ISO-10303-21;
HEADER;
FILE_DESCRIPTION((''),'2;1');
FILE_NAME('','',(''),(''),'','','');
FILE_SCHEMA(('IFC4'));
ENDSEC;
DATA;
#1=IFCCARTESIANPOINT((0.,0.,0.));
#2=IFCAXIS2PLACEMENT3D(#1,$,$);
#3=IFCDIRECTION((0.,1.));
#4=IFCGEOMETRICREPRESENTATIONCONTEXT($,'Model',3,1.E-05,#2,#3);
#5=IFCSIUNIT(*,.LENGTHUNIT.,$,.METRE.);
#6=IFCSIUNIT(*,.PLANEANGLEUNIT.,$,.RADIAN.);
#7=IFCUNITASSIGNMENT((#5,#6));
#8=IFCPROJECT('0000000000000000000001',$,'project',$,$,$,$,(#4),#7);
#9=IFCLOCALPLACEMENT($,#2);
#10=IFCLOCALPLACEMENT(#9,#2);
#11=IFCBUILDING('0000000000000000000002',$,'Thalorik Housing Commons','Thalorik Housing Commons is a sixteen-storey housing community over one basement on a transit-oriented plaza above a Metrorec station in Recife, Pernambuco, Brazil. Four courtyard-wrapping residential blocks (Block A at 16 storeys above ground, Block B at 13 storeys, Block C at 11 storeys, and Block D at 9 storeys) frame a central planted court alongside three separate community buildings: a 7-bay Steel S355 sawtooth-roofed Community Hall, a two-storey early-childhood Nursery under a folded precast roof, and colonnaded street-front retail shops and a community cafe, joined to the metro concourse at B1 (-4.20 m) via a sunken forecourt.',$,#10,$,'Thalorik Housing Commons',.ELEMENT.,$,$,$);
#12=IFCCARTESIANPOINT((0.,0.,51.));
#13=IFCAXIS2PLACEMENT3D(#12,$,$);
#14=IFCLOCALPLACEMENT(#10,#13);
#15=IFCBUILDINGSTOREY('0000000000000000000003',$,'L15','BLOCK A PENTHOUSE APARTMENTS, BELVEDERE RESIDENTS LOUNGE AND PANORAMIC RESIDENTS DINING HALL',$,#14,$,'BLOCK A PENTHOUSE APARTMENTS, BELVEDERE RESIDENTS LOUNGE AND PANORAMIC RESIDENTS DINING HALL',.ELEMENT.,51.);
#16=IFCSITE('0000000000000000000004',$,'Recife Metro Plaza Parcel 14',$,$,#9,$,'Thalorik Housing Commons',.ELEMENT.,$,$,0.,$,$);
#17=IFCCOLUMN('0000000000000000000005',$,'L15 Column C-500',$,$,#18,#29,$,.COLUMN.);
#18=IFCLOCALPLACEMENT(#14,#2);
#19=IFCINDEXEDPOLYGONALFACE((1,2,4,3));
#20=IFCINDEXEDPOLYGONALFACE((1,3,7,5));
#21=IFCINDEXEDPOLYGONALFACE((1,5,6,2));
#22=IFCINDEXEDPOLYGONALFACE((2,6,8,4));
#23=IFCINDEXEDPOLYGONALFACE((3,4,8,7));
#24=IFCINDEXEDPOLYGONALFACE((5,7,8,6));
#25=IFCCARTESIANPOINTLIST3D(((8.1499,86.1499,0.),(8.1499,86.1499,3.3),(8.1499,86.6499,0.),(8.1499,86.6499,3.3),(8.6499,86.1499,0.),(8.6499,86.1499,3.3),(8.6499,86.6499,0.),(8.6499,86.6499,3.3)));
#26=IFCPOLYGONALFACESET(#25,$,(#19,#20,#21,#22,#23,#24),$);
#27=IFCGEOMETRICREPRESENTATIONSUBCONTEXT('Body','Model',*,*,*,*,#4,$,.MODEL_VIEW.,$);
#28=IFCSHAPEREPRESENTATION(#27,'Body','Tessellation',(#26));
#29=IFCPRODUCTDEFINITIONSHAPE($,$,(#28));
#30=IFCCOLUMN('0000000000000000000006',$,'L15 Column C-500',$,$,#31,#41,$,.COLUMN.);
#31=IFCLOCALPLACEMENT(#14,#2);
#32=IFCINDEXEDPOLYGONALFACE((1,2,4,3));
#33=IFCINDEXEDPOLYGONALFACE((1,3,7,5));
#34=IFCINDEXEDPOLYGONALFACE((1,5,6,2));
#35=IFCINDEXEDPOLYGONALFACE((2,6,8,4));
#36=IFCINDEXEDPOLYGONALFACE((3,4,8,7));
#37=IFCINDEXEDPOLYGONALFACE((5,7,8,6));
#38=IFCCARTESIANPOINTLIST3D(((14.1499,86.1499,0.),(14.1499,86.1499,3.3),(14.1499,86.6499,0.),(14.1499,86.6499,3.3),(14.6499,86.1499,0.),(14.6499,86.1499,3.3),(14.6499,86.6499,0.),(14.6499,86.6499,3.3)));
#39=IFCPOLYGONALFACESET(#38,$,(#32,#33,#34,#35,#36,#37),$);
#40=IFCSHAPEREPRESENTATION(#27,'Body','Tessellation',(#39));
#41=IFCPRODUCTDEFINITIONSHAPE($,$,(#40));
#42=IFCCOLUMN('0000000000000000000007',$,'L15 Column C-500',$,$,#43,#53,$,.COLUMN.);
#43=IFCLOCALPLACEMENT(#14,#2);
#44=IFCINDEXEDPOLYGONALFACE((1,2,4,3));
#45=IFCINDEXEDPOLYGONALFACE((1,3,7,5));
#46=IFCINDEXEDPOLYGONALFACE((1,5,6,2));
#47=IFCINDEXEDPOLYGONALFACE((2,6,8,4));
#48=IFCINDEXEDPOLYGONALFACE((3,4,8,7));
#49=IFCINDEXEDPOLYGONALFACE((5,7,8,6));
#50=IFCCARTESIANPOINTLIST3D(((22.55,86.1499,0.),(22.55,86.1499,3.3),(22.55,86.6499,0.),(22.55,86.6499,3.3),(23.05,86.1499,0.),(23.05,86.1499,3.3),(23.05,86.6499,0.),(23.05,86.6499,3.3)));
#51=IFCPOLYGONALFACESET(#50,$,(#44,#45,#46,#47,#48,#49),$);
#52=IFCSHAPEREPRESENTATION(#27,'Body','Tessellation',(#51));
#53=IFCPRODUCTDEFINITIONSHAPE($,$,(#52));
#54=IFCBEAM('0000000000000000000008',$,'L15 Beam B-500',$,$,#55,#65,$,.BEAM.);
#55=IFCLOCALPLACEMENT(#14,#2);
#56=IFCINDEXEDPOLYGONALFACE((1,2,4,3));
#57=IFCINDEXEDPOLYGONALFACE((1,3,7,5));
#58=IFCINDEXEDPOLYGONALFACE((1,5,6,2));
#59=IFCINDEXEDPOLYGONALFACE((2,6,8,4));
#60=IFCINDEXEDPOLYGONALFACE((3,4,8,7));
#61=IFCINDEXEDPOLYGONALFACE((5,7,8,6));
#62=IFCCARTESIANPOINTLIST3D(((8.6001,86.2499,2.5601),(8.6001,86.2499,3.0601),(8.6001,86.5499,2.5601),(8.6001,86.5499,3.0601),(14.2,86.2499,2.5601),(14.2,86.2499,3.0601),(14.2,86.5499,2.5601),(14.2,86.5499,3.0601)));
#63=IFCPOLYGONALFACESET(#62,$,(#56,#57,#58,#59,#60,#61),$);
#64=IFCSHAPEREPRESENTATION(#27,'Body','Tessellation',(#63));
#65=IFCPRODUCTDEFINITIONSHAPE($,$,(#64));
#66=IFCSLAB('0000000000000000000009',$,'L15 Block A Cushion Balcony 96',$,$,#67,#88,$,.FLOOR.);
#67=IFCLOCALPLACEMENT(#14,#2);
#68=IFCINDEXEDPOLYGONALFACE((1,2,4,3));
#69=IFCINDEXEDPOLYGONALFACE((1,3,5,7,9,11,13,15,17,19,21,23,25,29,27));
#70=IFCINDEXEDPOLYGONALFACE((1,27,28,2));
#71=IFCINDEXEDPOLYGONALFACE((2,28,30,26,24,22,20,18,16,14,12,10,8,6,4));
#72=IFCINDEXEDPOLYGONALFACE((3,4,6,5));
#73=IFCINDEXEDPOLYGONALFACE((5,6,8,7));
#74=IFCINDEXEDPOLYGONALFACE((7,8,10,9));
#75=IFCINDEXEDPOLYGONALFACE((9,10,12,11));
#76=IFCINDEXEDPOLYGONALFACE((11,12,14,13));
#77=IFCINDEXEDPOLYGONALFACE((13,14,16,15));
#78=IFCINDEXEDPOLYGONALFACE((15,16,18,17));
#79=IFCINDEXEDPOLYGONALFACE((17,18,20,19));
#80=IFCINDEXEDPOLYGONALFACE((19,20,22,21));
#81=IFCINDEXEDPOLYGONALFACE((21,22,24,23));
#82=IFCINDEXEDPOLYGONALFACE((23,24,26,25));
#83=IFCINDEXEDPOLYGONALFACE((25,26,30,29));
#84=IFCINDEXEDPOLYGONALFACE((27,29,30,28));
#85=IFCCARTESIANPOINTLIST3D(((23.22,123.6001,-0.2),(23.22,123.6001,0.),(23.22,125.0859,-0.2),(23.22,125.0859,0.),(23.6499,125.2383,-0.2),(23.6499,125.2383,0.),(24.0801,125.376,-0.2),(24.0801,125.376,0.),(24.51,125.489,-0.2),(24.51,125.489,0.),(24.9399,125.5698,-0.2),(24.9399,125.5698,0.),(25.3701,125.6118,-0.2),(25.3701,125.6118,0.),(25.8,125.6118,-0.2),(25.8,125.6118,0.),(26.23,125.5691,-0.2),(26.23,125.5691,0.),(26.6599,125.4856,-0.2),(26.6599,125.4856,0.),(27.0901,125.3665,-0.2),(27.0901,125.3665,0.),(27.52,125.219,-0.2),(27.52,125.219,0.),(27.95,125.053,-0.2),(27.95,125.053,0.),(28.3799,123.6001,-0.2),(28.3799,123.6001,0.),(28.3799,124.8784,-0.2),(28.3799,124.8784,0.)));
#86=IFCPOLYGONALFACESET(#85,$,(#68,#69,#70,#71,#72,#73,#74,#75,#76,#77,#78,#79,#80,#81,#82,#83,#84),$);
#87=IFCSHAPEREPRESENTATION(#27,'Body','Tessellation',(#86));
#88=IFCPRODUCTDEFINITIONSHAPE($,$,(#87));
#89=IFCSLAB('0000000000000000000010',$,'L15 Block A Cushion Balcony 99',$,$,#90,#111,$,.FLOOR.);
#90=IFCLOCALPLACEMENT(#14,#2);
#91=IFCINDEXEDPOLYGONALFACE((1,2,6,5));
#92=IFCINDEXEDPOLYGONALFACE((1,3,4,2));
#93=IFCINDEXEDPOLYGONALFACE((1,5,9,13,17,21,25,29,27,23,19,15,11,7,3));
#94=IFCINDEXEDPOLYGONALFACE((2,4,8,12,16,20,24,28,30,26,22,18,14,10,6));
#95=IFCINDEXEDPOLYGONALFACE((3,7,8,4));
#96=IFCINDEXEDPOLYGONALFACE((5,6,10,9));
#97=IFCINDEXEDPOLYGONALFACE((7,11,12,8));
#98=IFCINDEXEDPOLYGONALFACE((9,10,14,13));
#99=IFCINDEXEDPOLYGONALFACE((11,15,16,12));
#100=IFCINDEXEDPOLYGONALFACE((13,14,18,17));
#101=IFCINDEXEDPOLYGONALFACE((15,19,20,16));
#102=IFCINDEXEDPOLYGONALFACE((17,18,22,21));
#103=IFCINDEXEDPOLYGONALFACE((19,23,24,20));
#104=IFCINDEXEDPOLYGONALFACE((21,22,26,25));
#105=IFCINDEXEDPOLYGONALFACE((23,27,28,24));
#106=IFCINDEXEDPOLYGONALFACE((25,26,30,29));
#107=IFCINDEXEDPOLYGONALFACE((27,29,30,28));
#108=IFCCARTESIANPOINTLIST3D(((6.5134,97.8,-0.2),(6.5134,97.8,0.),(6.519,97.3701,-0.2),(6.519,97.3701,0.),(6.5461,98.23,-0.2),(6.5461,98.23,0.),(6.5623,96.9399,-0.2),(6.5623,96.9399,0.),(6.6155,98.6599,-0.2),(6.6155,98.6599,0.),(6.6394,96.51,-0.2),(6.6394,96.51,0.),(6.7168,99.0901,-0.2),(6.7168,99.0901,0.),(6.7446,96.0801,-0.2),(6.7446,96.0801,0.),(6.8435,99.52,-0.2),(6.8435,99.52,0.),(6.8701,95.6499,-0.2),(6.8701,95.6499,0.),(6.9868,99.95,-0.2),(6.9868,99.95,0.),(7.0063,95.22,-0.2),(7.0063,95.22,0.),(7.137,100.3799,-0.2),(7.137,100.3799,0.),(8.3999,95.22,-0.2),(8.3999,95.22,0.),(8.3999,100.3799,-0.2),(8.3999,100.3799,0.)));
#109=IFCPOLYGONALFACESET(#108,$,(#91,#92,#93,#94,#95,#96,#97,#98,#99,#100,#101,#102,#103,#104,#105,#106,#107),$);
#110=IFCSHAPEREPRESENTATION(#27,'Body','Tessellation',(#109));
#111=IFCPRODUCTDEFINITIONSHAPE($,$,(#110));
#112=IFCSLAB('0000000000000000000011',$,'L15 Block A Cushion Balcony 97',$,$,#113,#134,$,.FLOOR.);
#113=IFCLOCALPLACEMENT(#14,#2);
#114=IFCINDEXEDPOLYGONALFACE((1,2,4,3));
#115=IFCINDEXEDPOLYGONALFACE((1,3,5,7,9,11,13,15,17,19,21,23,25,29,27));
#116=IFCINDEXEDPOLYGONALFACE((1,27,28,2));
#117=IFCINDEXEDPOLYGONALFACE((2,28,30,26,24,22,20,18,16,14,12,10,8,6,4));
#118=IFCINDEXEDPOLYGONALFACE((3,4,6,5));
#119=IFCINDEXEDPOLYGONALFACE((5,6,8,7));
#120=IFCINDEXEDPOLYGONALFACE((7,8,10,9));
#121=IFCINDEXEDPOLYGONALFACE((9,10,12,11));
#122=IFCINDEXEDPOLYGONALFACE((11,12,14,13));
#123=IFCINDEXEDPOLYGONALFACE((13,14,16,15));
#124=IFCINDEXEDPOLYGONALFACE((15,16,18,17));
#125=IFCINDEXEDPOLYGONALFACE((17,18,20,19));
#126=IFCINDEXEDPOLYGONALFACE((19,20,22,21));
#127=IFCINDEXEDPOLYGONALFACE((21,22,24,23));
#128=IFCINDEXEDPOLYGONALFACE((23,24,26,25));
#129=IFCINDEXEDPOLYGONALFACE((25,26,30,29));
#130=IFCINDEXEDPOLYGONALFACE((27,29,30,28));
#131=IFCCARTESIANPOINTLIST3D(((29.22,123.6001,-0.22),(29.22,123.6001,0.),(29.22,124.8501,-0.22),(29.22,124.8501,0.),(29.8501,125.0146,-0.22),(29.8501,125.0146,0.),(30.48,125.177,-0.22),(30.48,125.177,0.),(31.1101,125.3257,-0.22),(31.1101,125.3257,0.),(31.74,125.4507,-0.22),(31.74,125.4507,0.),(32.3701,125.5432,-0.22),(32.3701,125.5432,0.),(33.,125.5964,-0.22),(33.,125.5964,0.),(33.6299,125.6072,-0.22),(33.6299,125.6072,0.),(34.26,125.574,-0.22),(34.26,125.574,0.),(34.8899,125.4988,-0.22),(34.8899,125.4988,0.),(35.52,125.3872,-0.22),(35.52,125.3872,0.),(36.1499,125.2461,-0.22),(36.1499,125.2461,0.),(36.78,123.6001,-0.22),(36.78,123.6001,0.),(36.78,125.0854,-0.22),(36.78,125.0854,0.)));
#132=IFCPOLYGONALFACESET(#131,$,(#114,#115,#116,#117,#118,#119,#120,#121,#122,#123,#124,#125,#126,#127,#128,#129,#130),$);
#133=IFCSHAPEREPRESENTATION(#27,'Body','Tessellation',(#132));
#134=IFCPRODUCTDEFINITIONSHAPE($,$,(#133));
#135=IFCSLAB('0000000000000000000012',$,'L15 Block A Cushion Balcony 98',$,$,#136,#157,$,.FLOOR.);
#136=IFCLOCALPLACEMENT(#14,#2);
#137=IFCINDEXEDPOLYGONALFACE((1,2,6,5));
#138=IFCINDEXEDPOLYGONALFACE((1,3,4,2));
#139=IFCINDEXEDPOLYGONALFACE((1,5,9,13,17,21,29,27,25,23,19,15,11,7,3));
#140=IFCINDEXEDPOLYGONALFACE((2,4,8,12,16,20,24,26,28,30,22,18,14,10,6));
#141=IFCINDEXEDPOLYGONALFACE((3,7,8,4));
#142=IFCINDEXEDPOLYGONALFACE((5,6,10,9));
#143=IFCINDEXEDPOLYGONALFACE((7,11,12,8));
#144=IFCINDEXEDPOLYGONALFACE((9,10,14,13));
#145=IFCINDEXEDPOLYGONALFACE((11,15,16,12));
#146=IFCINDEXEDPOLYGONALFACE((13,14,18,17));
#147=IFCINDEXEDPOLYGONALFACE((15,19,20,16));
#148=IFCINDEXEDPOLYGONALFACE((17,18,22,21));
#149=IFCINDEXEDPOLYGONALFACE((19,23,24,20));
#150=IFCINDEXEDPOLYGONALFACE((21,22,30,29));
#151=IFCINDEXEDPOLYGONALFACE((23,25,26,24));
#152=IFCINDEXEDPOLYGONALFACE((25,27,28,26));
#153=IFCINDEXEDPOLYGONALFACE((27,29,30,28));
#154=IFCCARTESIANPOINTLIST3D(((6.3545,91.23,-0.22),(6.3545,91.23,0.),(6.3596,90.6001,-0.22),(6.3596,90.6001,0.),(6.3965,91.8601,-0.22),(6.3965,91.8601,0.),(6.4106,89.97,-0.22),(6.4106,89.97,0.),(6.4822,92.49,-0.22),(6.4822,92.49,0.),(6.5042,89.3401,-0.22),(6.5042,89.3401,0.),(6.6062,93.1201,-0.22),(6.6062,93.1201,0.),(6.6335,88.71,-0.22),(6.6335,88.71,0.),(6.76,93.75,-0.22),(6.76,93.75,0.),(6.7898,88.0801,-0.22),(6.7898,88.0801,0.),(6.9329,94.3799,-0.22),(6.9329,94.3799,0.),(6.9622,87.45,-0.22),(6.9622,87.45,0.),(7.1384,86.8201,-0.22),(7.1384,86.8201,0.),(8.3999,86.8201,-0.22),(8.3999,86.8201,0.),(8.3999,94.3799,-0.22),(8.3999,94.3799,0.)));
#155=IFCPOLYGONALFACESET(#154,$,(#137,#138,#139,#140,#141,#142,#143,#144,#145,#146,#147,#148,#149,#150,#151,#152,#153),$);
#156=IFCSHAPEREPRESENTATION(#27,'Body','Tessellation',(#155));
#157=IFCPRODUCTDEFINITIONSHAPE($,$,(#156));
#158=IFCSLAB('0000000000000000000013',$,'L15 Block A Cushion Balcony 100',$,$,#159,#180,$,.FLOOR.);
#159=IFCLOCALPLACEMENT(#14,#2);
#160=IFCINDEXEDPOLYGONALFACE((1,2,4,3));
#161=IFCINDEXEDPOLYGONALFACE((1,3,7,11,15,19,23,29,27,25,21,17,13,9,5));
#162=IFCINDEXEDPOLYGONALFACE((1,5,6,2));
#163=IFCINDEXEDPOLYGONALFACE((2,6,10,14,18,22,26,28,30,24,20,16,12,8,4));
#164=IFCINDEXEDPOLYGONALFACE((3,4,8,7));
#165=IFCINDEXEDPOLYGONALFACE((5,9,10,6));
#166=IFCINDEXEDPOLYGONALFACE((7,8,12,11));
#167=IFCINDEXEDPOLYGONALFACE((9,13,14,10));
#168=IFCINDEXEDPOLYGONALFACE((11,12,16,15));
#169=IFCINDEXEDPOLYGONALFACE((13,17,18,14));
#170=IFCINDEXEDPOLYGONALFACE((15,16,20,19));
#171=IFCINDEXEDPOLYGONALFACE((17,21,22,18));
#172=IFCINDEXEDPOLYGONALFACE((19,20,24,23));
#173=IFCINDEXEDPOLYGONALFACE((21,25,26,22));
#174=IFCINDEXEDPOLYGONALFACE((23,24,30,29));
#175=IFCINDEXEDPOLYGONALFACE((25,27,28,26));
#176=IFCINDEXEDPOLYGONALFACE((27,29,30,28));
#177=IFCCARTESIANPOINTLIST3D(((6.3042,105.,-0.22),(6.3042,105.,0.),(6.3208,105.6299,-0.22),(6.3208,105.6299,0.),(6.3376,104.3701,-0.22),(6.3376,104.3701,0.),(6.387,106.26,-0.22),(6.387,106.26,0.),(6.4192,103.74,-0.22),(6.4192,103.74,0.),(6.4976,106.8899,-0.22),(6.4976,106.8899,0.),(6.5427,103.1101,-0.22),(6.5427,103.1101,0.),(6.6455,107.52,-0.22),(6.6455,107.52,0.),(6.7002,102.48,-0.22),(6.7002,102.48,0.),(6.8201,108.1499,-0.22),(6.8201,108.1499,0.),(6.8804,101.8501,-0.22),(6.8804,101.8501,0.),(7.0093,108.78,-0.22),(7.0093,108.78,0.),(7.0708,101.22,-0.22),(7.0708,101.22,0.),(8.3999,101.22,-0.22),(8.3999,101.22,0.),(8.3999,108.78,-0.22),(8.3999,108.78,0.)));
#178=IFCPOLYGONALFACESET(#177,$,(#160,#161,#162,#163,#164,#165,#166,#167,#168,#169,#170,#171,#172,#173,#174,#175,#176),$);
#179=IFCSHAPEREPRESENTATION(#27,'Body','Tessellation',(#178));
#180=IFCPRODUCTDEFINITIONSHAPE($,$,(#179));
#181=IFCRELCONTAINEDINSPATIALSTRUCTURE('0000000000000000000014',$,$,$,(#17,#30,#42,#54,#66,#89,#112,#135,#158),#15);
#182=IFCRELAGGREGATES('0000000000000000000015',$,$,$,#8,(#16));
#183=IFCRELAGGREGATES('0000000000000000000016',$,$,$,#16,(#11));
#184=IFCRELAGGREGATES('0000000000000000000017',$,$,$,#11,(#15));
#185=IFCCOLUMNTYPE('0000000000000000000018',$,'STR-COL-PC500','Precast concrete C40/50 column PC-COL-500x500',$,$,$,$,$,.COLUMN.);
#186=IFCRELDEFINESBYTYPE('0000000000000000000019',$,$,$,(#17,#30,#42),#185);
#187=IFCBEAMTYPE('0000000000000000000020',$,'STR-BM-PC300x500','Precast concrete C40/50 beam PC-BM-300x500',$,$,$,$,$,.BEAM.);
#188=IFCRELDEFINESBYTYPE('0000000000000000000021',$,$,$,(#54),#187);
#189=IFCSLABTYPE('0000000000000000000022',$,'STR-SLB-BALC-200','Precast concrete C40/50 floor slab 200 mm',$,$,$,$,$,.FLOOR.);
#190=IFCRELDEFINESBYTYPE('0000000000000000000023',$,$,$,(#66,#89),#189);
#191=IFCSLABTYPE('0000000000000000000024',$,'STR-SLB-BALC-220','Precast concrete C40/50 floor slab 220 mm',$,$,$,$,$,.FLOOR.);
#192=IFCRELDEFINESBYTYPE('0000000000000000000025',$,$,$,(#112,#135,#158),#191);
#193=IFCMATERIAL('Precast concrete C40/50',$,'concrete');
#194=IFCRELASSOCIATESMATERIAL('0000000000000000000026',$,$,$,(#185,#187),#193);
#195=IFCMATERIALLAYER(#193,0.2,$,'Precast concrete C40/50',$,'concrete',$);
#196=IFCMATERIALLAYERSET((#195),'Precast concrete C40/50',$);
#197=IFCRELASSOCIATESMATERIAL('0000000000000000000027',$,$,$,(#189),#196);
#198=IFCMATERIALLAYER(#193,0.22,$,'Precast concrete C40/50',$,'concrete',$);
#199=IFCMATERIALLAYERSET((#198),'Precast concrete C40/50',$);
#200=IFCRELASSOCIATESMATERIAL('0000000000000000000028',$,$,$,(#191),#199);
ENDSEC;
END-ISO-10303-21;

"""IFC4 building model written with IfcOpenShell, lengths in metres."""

from ifc_helpers import new_model, si_unit, direction, frame, origin, origin_2d, place, context, subcontext, project, spatial, polyline, rectangle, outline, extrude, material, layer, layer_set, material_profile, profile_set, type_object, element, save


model = new_model("IFC4")

# Units and contexts
model_context = context("Model", 3, precision=1e-05, world=origin(), true_north=direction((0.0, 1.0)))
body_context = subcontext(model_context, "Body", "Model", "MODEL_VIEW")
ifc_project = project(units=[si_unit("LENGTHUNIT", "METRE"), si_unit("PLANEANGLEUNIT", "RADIAN")], contexts=[model_context])

# Site, building, storey
site_placement = place(None, origin())
site = spatial("IfcSite", under=ifc_project, at=site_placement, Name="Recife Metro Plaza Parcel 14", LongName="Thalorik Housing Commons", CompositionType="ELEMENT", RefElevation=0.0)
building_placement = place(site_placement, origin())
building = spatial("IfcBuilding", under=site, at=building_placement, Name="Thalorik Housing Commons", Description="Thalorik Housing Commons is a sixteen-storey housing community over one basement on a transit-oriented plaza above a Metrorec station in Recife, Pernambuco, Brazil. Four courtyard-wrapping residential blocks (Block A at 16 storeys above ground, Block B at 13 storeys, Block C at 11 storeys, and Block D at 9 storeys) frame a central planted court alongside three separate community buildings: a 7-bay Steel S355 sawtooth-roofed Community Hall, a two-storey early-childhood Nursery under a folded precast roof, and colonnaded street-front retail shops and a community cafe, joined to the metro concourse at B1 (-4.20 m) via a sunken forecourt.", LongName="Thalorik Housing Commons", CompositionType="ELEMENT")
storey_placement = place(building_placement, frame((0.0, 0.0, 51.0)))
storey = spatial("IfcBuildingStorey", under=building, at=storey_placement, Name="L15", Description="BLOCK A PENTHOUSE APARTMENTS, BELVEDERE RESIDENTS LOUNGE AND PANORAMIC RESIDENTS DINING HALL", LongName="BLOCK A PENTHOUSE APARTMENTS, BELVEDERE RESIDENTS LOUNGE AND PANORAMIC RESIDENTS DINING HALL", CompositionType="ELEMENT", Elevation=51.0)

# Columns
ifc_material_1 = material(Name="Precast concrete C40/50", Category="concrete")
ifc_material_profile_1 = material_profile(ifc_material_1, rectangle(XDim=0.5, YDim=0.5, at=origin_2d()), Name="PC 500x500", Category="concrete")
ifc_profile_set_1 = profile_set([ifc_material_profile_1], Name="Precast concrete C40/50")
column_type = type_object("IfcColumnType", Name="STR-COL-PC500", Description="Precast concrete C40/50 column PC-COL-500x500", PredefinedType="COLUMN", material=ifc_profile_set_1)
for number, where, z_axis, x_axis, name in (
    (1, (8.3999, 86.3999, 0.0), (0.0, 0.0, 1.0), (1.0, 0.0, 0.0), "L15 Column C-500"),
    (2, (14.3999, 86.3999, 0.0), (0.0, 0.0, 1.0), (1.0, 0.0, 0.0), "L15 Column C-500"),
    (3, (22.8, 86.3999, 0.0), (0.0, 0.0, 1.0), (1.0, 0.0, 0.0), "L15 Column C-500"),
):
    element("IfcColumn", number, at=place(storey_placement, frame(where, z_axis=z_axis, x_axis=x_axis)), inside=storey, type_object=column_type, Name=name, PredefinedType="COLUMN", context=body_context, shape_type="SweptSolid", body=[
        extrude(rectangle(XDim=0.5, YDim=0.5, at=origin_2d()), origin(), (0.0, 0.0, 1.0), 3.3),
    ])

# Beam
ifc_material_profile_2 = material_profile(ifc_material_1, rectangle(XDim=0.3, YDim=0.5, at=origin_2d()), Name="PC 300x500", Category="concrete")
ifc_profile_set_2 = profile_set([ifc_material_profile_2], Name="Precast concrete C40/50")
beam_type = type_object("IfcBeamType", Name="STR-BM-PC300x500", Description="Precast concrete C40/50 beam PC-BM-300x500", PredefinedType="BEAM", material=ifc_profile_set_2)
beam_placement = place(storey_placement, frame((8.6001, 86.3999, 2.8101), z_axis=(1.0, 0.0, 0.0), x_axis=(0.0, 1.0, 0.0)))
element("IfcBeam", 4, at=beam_placement, inside=storey, type_object=beam_type, Name="L15 Beam B-500", PredefinedType="BEAM", context=body_context, shape_type="SweptSolid", body=[
    extrude(rectangle(XDim=0.3, YDim=0.5, at=origin_2d()), origin(), (0.0, 0.0, 1.0), 5.5999),
])

# Slabs
ifc_layer_1 = layer(ifc_material_1, 0.2, Name="Precast concrete C40/50", Category="concrete")
ifc_layer_set_1 = layer_set([ifc_layer_1], Name="Precast concrete C40/50")
slab_type_1 = type_object("IfcSlabType", Name="STR-SLB-BALC-200", Description="Precast concrete C40/50 floor slab 200 mm", PredefinedType="FLOOR", material=ifc_layer_set_1)
slab_1_placement = place(storey_placement, frame((0.0, 0.0, -0.2)))
element("IfcSlab", 5, at=slab_1_placement, inside=storey, type_object=slab_type_1, Name="L15 Block A Cushion Balcony 96", PredefinedType="FLOOR", context=body_context, shape_type="SweptSolid", body=[
    extrude(outline(polyline([(23.22, 123.6001), (28.3799, 123.6001), (28.3799, 124.8784), (27.95, 125.053), (27.52, 125.219), (27.0901, 125.3665), (26.6599, 125.4856), (26.23, 125.5691), (25.8, 125.6118), (25.3701, 125.6118), (24.9399, 125.5698), (24.51, 125.489), (24.0801, 125.376), (23.6499, 125.2383), (23.22, 125.0859), (23.22, 123.6001)])), origin(), (0.0, 0.0, 1.0), 0.2),
])
slab_2_placement = place(storey_placement, frame((0.0, 0.0, -0.2)))
element("IfcSlab", 6, at=slab_2_placement, inside=storey, type_object=slab_type_1, Name="L15 Block A Cushion Balcony 99", PredefinedType="FLOOR", context=body_context, shape_type="SweptSolid", body=[
    extrude(outline(polyline([(8.3999, 95.22), (8.3999, 100.3799), (7.137, 100.3799), (6.9868, 99.95), (6.8435, 99.52), (6.7168, 99.0901), (6.6155, 98.6599), (6.5461, 98.23), (6.5134, 97.8), (6.519, 97.3701), (6.5623, 96.9399), (6.6394, 96.51), (6.7446, 96.0801), (6.8701, 95.6499), (7.0063, 95.22), (8.3999, 95.22)])), origin(), (0.0, 0.0, 1.0), 0.2),
])
ifc_layer_2 = layer(ifc_material_1, 0.22, Name="Precast concrete C40/50", Category="concrete")
ifc_layer_set_2 = layer_set([ifc_layer_2], Name="Precast concrete C40/50")
slab_type_2 = type_object("IfcSlabType", Name="STR-SLB-BALC-220", Description="Precast concrete C40/50 floor slab 220 mm", PredefinedType="FLOOR", material=ifc_layer_set_2)
slab_3_placement = place(storey_placement, frame((0.0, 0.0, -0.22)))
element("IfcSlab", 7, at=slab_3_placement, inside=storey, type_object=slab_type_2, Name="L15 Block A Cushion Balcony 97", PredefinedType="FLOOR", context=body_context, shape_type="SweptSolid", body=[
    extrude(outline(polyline([(29.22, 123.6001), (36.78, 123.6001), (36.78, 125.0854), (36.1499, 125.2461), (35.52, 125.3872), (34.8899, 125.4988), (34.26, 125.574), (33.6299, 125.6072), (33.0, 125.5964), (32.3701, 125.5432), (31.74, 125.4507), (31.1101, 125.3257), (30.48, 125.177), (29.8501, 125.0146), (29.22, 124.8501), (29.22, 123.6001)])), origin(), (0.0, 0.0, 1.0), 0.22),
])
slab_4_placement = place(storey_placement, frame((0.0, 0.0, -0.22)))
element("IfcSlab", 8, at=slab_4_placement, inside=storey, type_object=slab_type_2, Name="L15 Block A Cushion Balcony 98", PredefinedType="FLOOR", context=body_context, shape_type="SweptSolid", body=[
    extrude(outline(polyline([(8.3999, 86.8201), (8.3999, 94.3799), (6.9329, 94.3799), (6.76, 93.75), (6.6062, 93.1201), (6.4822, 92.49), (6.3965, 91.8601), (6.3545, 91.23), (6.3596, 90.6001), (6.4106, 89.97), (6.5042, 89.3401), (6.6335, 88.71), (6.7898, 88.0801), (6.9622, 87.45), (7.1384, 86.8201), (8.3999, 86.8201)])), origin(), (0.0, 0.0, 1.0), 0.22),
])
slab_5_placement = place(storey_placement, frame((0.0, 0.0, -0.22)))
element("IfcSlab", 9, at=slab_5_placement, inside=storey, type_object=slab_type_2, Name="L15 Block A Cushion Balcony 100", PredefinedType="FLOOR", context=body_context, shape_type="SweptSolid", body=[
    extrude(outline(polyline([(8.3999, 101.22), (8.3999, 108.78), (7.0093, 108.78), (6.8201, 108.1499), (6.6455, 107.52), (6.4976, 106.8899), (6.387, 106.26), (6.3208, 105.6299), (6.3042, 105.0), (6.3376, 104.3701), (6.4192, 103.74), (6.5427, 103.1101), (6.7002, 102.48), (6.8804, 101.8501), (7.0708, 101.22), (8.3999, 101.22)])), origin(), (0.0, 0.0, 1.0), 0.22),
])

save(model, "model.ifc")
